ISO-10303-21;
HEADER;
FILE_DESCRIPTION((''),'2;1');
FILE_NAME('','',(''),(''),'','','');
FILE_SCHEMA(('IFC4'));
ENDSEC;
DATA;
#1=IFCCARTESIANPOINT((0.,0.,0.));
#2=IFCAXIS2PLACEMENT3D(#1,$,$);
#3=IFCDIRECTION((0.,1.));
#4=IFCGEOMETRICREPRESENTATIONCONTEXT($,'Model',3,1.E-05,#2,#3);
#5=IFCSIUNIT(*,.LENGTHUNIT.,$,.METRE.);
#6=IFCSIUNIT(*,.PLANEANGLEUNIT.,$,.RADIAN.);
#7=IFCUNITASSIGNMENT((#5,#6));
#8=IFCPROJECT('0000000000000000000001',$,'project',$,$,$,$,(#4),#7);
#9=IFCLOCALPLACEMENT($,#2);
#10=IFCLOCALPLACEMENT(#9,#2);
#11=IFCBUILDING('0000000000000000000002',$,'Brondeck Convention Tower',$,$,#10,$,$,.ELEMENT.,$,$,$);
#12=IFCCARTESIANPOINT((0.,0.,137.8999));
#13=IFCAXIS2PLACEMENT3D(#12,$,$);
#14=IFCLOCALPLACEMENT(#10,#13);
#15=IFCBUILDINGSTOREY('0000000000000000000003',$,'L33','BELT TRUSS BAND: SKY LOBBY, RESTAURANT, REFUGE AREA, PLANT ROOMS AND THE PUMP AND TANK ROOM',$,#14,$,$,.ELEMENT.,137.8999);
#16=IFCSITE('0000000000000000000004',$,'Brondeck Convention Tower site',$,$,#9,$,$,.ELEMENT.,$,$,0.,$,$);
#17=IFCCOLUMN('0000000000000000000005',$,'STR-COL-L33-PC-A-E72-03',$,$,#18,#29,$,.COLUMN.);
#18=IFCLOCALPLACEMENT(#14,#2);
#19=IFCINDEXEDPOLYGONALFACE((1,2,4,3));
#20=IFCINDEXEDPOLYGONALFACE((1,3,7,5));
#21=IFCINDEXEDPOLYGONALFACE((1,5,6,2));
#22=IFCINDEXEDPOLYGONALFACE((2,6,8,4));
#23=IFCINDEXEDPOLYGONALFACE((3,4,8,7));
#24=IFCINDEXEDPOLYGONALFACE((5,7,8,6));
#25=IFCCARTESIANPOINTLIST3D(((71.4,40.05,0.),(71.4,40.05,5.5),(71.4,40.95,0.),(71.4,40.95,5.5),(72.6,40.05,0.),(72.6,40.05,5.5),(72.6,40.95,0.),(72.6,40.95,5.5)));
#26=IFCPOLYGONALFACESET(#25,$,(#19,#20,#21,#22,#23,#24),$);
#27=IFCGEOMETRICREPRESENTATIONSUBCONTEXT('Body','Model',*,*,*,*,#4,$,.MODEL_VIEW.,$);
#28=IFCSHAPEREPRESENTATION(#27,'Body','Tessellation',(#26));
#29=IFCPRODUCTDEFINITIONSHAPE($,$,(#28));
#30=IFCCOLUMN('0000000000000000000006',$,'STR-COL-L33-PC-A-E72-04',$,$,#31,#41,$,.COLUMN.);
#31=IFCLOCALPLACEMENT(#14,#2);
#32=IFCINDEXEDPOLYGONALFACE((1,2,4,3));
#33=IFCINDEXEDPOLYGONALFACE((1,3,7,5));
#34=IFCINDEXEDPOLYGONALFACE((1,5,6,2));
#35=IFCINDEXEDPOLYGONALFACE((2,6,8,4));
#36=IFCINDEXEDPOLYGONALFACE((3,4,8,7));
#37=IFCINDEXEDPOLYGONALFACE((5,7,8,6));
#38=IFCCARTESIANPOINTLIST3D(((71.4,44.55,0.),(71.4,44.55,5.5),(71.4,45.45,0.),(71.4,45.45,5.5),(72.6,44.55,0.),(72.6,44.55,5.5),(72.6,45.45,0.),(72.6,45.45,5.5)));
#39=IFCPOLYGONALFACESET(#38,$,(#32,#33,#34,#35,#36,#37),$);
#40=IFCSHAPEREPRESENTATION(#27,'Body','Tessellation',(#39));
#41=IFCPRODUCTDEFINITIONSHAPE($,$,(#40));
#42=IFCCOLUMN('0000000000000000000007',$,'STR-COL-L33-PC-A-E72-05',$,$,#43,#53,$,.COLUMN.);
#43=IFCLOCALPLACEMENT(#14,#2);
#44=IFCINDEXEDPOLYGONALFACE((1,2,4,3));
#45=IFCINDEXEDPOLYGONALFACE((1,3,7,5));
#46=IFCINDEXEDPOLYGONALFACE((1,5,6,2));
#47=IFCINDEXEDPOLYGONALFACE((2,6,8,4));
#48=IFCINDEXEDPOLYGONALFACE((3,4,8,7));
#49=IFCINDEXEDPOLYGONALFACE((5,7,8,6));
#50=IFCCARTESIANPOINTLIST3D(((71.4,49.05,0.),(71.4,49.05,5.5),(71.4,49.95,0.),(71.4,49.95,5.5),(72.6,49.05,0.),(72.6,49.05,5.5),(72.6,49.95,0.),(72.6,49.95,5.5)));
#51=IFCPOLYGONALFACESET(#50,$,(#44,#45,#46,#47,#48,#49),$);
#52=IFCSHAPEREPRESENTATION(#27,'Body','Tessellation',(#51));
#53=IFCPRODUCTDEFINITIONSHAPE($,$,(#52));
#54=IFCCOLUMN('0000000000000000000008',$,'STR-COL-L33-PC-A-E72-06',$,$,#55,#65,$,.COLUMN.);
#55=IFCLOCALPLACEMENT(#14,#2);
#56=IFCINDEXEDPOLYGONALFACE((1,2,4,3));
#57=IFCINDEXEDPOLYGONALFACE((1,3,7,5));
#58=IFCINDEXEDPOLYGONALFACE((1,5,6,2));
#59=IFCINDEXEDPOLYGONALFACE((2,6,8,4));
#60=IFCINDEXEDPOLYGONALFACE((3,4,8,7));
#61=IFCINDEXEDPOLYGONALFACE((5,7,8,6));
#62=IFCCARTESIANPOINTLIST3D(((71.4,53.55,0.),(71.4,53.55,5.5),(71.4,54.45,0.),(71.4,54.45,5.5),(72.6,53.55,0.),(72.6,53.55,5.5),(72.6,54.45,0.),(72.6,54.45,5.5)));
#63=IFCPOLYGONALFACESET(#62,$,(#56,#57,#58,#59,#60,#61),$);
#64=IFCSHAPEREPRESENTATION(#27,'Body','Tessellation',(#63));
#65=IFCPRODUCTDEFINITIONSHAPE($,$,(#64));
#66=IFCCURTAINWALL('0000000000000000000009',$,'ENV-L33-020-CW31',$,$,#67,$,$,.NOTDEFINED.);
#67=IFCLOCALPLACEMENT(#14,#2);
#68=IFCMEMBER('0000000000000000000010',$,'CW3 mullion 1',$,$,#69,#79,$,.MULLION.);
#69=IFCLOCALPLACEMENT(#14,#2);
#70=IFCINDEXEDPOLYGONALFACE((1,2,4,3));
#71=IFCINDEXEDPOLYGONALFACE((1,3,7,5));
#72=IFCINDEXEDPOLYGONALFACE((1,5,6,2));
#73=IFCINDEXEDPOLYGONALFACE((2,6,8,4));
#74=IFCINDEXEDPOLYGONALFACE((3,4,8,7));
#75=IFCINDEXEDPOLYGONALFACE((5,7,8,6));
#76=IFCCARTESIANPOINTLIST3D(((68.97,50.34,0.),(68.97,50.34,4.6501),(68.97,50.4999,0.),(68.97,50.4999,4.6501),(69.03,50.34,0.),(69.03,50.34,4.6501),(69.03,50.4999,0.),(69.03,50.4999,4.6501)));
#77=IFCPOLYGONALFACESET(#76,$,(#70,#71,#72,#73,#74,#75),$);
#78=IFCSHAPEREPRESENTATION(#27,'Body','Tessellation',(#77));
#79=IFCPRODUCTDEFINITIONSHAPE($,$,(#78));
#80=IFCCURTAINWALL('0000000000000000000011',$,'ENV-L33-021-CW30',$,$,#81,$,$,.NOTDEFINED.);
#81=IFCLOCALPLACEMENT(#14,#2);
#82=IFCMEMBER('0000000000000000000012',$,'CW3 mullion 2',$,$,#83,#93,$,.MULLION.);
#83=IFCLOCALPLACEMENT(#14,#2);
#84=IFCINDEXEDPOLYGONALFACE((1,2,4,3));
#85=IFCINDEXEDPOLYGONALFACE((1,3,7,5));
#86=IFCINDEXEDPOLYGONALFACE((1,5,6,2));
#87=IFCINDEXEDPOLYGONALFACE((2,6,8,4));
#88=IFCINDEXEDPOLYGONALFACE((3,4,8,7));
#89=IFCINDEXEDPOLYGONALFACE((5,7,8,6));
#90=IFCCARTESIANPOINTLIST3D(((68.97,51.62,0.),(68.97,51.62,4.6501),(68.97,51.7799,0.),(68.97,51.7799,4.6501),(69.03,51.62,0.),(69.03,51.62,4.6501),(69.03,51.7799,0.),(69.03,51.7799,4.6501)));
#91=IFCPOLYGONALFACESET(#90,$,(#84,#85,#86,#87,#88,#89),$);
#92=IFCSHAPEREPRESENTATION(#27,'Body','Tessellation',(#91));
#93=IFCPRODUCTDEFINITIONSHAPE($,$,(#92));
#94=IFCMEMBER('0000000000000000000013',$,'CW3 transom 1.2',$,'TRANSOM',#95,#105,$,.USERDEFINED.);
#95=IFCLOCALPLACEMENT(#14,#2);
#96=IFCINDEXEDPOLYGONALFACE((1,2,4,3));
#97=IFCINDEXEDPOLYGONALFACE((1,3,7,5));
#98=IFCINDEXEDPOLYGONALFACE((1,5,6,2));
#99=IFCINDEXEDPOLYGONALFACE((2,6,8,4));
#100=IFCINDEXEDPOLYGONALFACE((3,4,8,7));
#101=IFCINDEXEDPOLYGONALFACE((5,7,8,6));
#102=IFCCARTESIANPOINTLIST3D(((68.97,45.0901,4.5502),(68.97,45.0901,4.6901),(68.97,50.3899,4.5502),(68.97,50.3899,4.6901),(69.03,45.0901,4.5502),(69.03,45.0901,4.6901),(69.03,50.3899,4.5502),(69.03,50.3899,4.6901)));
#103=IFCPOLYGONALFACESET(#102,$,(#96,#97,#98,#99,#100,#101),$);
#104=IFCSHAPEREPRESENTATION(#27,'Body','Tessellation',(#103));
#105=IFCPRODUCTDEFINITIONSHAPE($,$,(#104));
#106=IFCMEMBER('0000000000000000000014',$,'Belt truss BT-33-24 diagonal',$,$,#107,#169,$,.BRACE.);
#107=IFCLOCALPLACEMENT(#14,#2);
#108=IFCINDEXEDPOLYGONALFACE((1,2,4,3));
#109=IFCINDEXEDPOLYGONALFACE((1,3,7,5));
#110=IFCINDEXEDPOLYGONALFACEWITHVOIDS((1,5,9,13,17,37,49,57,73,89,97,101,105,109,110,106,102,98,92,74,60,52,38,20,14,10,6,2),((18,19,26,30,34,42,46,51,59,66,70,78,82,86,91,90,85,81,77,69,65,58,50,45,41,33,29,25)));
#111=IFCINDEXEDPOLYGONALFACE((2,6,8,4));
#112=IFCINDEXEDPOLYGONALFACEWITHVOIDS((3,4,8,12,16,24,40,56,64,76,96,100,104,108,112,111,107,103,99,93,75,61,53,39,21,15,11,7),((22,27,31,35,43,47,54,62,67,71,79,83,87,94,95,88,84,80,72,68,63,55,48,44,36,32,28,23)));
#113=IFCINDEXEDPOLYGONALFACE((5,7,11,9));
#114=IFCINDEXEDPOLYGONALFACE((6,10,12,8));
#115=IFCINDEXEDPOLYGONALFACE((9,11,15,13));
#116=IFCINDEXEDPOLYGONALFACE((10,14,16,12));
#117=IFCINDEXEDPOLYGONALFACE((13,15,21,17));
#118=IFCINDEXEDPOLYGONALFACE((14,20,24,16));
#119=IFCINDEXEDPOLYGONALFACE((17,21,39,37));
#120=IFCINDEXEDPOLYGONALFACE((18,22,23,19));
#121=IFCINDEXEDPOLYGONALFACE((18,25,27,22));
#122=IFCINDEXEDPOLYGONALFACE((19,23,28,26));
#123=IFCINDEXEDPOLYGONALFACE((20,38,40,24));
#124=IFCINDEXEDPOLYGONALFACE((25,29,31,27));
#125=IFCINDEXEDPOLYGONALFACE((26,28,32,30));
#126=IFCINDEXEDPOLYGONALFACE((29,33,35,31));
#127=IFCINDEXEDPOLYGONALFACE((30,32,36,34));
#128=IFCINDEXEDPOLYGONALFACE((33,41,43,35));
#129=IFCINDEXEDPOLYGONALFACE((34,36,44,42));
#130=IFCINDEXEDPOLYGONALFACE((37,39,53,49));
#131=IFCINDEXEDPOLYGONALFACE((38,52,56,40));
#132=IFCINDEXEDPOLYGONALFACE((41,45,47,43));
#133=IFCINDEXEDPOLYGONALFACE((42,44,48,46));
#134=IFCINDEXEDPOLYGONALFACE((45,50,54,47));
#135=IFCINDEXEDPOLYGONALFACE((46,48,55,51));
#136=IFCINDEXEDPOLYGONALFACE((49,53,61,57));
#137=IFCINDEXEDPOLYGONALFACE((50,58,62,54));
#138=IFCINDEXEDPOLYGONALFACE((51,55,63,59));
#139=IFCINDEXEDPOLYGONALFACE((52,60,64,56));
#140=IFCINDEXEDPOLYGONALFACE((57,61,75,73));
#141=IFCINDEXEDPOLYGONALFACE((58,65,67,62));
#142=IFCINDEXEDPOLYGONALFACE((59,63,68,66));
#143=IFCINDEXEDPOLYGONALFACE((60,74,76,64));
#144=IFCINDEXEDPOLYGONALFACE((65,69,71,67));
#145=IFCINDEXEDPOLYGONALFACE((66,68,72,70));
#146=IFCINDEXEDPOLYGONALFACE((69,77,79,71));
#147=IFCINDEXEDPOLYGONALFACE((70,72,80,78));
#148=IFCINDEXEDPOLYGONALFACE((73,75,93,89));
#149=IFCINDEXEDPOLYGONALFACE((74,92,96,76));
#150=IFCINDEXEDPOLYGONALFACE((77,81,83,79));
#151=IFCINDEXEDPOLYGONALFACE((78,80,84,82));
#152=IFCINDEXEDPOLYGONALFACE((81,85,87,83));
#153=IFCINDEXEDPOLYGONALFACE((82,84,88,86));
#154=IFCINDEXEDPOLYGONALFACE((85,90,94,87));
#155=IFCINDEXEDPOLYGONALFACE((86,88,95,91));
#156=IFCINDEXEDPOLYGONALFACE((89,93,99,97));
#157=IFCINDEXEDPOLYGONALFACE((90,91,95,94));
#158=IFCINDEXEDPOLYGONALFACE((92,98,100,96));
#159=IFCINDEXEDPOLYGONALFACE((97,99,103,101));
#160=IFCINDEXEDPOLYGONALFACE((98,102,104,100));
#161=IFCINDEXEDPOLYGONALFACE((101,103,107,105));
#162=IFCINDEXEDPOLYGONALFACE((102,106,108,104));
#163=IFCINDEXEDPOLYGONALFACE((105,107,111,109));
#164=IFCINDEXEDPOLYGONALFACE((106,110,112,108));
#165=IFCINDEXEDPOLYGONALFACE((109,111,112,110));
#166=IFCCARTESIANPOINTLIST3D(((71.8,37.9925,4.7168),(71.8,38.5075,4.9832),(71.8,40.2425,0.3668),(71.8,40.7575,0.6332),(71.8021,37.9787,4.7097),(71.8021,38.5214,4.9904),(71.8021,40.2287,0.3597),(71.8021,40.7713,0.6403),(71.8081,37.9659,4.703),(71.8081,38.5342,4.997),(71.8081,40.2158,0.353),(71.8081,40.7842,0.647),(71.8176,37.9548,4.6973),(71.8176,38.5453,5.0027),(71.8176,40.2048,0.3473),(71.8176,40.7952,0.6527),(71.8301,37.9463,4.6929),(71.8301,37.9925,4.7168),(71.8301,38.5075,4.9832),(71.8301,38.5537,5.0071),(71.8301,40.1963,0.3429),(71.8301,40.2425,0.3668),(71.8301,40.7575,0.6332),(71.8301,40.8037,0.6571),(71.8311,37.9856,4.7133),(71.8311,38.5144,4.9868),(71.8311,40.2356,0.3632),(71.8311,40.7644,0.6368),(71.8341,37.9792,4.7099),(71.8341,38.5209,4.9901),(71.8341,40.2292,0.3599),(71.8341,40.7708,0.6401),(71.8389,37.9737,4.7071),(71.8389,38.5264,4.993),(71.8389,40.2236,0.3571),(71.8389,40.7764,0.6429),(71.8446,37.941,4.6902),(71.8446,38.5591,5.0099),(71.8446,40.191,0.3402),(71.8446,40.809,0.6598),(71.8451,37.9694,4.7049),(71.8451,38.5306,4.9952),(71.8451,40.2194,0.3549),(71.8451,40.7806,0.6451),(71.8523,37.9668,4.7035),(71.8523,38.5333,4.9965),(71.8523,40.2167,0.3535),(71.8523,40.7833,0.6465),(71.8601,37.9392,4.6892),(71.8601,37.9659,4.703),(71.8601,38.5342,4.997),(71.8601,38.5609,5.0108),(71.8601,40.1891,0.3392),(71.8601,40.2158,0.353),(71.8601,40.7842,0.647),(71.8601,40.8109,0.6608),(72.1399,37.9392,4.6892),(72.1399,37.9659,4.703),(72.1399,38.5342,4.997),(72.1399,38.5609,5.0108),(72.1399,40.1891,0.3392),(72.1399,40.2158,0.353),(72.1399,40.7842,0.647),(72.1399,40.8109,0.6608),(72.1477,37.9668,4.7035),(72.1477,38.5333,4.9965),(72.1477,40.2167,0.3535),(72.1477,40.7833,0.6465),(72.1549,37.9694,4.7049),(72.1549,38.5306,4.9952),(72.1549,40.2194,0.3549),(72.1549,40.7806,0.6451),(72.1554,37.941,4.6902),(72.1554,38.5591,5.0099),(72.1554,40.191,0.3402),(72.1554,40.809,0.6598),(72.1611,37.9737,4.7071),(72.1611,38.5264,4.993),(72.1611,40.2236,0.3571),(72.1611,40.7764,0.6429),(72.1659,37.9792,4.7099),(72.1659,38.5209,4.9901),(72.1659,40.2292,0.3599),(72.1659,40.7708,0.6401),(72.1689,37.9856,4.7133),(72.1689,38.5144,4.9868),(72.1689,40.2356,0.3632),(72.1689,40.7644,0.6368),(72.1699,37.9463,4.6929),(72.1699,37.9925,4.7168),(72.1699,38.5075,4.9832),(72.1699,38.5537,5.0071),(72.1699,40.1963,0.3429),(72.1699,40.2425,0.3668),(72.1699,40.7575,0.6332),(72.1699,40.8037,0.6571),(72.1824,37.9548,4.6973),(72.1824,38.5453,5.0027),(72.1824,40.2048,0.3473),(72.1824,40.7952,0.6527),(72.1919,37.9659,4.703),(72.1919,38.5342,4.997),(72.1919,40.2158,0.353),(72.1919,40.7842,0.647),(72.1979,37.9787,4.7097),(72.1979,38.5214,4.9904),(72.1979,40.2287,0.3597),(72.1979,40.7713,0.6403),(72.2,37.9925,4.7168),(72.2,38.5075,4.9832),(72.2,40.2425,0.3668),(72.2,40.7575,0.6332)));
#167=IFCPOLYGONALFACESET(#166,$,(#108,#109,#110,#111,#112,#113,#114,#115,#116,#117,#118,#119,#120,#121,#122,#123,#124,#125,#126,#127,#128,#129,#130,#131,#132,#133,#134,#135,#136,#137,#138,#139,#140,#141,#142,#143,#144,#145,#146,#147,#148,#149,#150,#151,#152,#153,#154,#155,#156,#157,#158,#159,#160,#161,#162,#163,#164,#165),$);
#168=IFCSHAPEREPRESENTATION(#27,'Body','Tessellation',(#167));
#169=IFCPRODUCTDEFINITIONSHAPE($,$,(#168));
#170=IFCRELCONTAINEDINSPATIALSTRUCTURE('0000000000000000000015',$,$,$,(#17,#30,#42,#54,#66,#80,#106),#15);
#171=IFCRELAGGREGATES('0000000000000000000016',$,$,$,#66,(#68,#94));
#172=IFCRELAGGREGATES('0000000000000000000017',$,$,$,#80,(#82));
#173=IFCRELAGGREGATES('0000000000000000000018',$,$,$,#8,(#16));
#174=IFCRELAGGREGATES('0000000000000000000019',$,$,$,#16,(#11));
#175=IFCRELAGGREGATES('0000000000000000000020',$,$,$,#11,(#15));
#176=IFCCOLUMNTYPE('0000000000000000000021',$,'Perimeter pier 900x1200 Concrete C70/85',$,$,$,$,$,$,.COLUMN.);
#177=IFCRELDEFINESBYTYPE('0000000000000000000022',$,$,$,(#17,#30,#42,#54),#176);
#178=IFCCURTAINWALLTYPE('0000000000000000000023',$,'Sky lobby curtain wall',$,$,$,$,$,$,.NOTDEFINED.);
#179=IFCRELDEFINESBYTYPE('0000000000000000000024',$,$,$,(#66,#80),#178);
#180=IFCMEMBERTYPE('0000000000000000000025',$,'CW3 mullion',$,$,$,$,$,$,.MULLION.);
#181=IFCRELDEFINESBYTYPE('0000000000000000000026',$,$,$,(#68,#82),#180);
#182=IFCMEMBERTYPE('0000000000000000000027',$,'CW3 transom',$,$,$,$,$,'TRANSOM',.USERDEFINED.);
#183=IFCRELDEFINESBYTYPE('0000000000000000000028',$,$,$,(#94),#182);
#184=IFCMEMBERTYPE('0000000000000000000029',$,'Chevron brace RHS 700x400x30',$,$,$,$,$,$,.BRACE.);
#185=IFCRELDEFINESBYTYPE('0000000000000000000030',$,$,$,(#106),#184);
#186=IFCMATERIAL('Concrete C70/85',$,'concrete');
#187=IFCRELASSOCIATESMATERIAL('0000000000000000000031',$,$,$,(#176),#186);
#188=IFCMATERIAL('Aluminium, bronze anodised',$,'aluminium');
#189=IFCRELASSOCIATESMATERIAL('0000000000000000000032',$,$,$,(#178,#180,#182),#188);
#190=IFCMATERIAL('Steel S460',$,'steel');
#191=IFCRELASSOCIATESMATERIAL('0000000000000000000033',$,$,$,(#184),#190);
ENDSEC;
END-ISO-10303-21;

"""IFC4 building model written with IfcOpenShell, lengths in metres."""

from ifc_helpers import new_model, si_unit, direction, frame, origin, origin_2d, place, context, subcontext, project, spatial, rectangle, hollow_rectangle, extrude, material, material_profile, profile_set, type_object, element, aggregate, save


model = new_model("IFC4")

# Units and contexts
model_context = context("Model", 3, precision=1e-05, world=origin(), true_north=direction((0.0, 1.0)))
body_context = subcontext(model_context, "Body", "Model", "MODEL_VIEW")
ifc_project = project(units=[si_unit("LENGTHUNIT", "METRE"), si_unit("PLANEANGLEUNIT", "RADIAN")], contexts=[model_context])

# Site, building, storey
site_placement = place(None, origin())
site = spatial("IfcSite", under=ifc_project, at=site_placement, Name="Brondeck Convention Tower site", CompositionType="ELEMENT", RefElevation=0.0)
building_placement = place(site_placement, origin())
building = spatial("IfcBuilding", under=site, at=building_placement, Name="Brondeck Convention Tower", CompositionType="ELEMENT")
storey_placement = place(building_placement, frame((0.0, 0.0, 137.8999)))
storey = spatial("IfcBuildingStorey", under=building, at=storey_placement, Name="L33", Description="BELT TRUSS BAND: SKY LOBBY, RESTAURANT, REFUGE AREA, PLANT ROOMS AND THE PUMP AND TANK ROOM", CompositionType="ELEMENT", Elevation=137.8999)

# Columns
ifc_material_1 = material(Name="Concrete C70/85", Category="concrete")
ifc_material_profile_1 = material_profile(ifc_material_1, rectangle(XDim=0.8999, YDim=1.2, at=origin_2d()), Name="Perimeter pier 900x1200 Concrete C70/85")
ifc_profile_set_1 = profile_set([ifc_material_profile_1], Name="Concrete C70/85")
column_type = type_object("IfcColumnType", Name="Perimeter pier 900x1200 Concrete C70/85", PredefinedType="COLUMN", material=ifc_profile_set_1)
for number, where, z_axis, x_axis, name in (
    (1, (72.0, 40.5, 0.0), (0.0, 0.0, 1.0), (0.0, 1.0, 0.0), "STR-COL-L33-PC-A-E72-03"),
    (2, (72.0, 45.0, 0.0), (0.0, 0.0, 1.0), (0.0, 1.0, 0.0), "STR-COL-L33-PC-A-E72-04"),
    (3, (72.0, 49.5, 0.0), (0.0, 0.0, 1.0), (0.0, 1.0, 0.0), "STR-COL-L33-PC-A-E72-05"),
    (4, (72.0, 54.0, 0.0), (0.0, 0.0, 1.0), (0.0, 1.0, 0.0), "STR-COL-L33-PC-A-E72-06"),
):
    element("IfcColumn", number, at=place(storey_placement, frame(where, z_axis=z_axis, x_axis=x_axis)), inside=storey, type_object=column_type, Name=name, PredefinedType="COLUMN", context=body_context, shape_type="SweptSolid", body=[
        extrude(rectangle(XDim=0.8999, YDim=1.2, at=origin_2d()), origin(), (0.0, 0.0, 1.0), 5.5),
    ])

# Curtain walls, members
ifc_material_2 = material(Name="Aluminium, bronze anodised", Category="aluminium")
curtain_wall_type = type_object("IfcCurtainWallType", Name="Sky lobby curtain wall", PredefinedType="NOTDEFINED", material=ifc_material_2)
curtain_wall_1_placement = place(storey_placement, origin())
curtain_wall_1 = element("IfcCurtainWall", 5, at=curtain_wall_1_placement, inside=storey, type_object=curtain_wall_type, Name="ENV-L33-020-CW31", PredefinedType="NOTDEFINED")
ifc_material_profile_2 = material_profile(ifc_material_2, rectangle(XDim=0.0601, YDim=0.1599, at=origin_2d()), Name="CW3 mullion")
ifc_profile_set_2 = profile_set([ifc_material_profile_2], Name="Aluminium, bronze anodised")
member_type_1 = type_object("IfcMemberType", Name="CW3 mullion", PredefinedType="MULLION", material=ifc_profile_set_2)
member_1_placement = place(storey_placement, frame((69.0, 50.4199, 0.0), z_axis=(0.0, 0.0, 1.0), x_axis=(1.0, 0.0, 0.0)))
member_1 = element("IfcMember", 6, at=member_1_placement, type_object=member_type_1, Name="CW3 mullion 1", PredefinedType="MULLION", context=body_context, shape_type="SweptSolid", body=[
    extrude(rectangle(XDim=0.0601, YDim=0.1599, at=origin_2d()), origin(), (0.0, 0.0, 1.0), 4.6501),
])
curtain_wall_2_placement = place(storey_placement, origin())
curtain_wall_2 = element("IfcCurtainWall", 7, at=curtain_wall_2_placement, inside=storey, type_object=curtain_wall_type, Name="ENV-L33-021-CW30", PredefinedType="NOTDEFINED")
member_2_placement = place(storey_placement, frame((69.0, 51.7, 0.0), z_axis=(0.0, 0.0, 1.0), x_axis=(1.0, 0.0, 0.0)))
member_2 = element("IfcMember", 8, at=member_2_placement, type_object=member_type_1, Name="CW3 mullion 2", PredefinedType="MULLION", context=body_context, shape_type="SweptSolid", body=[
    extrude(rectangle(XDim=0.0601, YDim=0.1599, at=origin_2d()), origin(), (0.0, 0.0, 1.0), 4.6501),
])

# Member
ifc_material_profile_3 = material_profile(ifc_material_2, rectangle(XDim=0.0601, YDim=0.1399, at=origin_2d()), Name="CW3 transom")
ifc_profile_set_3 = profile_set([ifc_material_profile_3], Name="Aluminium, bronze anodised")
member_type_2 = type_object("IfcMemberType", Name="CW3 transom", ElementType="TRANSOM", PredefinedType="USERDEFINED", material=ifc_profile_set_3)
member_3_placement = place(storey_placement, frame((69.0, 50.3899, 4.6201), z_axis=(0.0, -1.0, 0.0), x_axis=(1.0, 0.0, 0.0)))
member_3 = element("IfcMember", 9, at=member_3_placement, type_object=member_type_2, Name="CW3 transom 1.2", ObjectType="TRANSOM", PredefinedType="USERDEFINED", context=body_context, shape_type="SweptSolid", body=[
    extrude(rectangle(XDim=0.0601, YDim=0.1399, at=origin_2d()), origin(), (0.0, 0.0, 1.0), 5.2998),
])
aggregate(curtain_wall_1, [member_1, member_3])

# Member
ifc_material_3 = material(Name="Steel S460", Category="steel")
ifc_material_profile_4 = material_profile(ifc_material_3, hollow_rectangle(XDim=0.3999, YDim=0.7, WallThickness=0.03, InnerFilletRadius=0.03, OuterFilletRadius=0.0601, at=origin_2d()), Name="RHS 700x400x30")
ifc_profile_set_4 = profile_set([ifc_material_profile_4], Name="Steel S460")
member_type_3 = type_object("IfcMemberType", Name="Chevron brace RHS 700x400x30", PredefinedType="BRACE", material=ifc_profile_set_4)
for number, where, z_axis, x_axis, name in (
    (10, (72.0, 40.5, 0.5), (0.0, -0.459415, 0.888222), (1.0, 0.0, 0.0), "Belt truss BT-33-24 diagonal"),
):
    element("IfcMember", number, at=place(storey_placement, frame(where, z_axis=z_axis, x_axis=x_axis)), inside=storey, type_object=member_type_3, Name=name, PredefinedType="BRACE", context=body_context, shape_type="SweptSolid", body=[
        extrude(hollow_rectangle(XDim=0.3999, YDim=0.7, WallThickness=0.03, InnerFilletRadius=0.03, OuterFilletRadius=0.0601, at=origin_2d()), origin(), (0.0, 0.0, 1.0), 4.8975),
    ])

aggregate(curtain_wall_2, [member_2])

save(model, "model.ifc")
